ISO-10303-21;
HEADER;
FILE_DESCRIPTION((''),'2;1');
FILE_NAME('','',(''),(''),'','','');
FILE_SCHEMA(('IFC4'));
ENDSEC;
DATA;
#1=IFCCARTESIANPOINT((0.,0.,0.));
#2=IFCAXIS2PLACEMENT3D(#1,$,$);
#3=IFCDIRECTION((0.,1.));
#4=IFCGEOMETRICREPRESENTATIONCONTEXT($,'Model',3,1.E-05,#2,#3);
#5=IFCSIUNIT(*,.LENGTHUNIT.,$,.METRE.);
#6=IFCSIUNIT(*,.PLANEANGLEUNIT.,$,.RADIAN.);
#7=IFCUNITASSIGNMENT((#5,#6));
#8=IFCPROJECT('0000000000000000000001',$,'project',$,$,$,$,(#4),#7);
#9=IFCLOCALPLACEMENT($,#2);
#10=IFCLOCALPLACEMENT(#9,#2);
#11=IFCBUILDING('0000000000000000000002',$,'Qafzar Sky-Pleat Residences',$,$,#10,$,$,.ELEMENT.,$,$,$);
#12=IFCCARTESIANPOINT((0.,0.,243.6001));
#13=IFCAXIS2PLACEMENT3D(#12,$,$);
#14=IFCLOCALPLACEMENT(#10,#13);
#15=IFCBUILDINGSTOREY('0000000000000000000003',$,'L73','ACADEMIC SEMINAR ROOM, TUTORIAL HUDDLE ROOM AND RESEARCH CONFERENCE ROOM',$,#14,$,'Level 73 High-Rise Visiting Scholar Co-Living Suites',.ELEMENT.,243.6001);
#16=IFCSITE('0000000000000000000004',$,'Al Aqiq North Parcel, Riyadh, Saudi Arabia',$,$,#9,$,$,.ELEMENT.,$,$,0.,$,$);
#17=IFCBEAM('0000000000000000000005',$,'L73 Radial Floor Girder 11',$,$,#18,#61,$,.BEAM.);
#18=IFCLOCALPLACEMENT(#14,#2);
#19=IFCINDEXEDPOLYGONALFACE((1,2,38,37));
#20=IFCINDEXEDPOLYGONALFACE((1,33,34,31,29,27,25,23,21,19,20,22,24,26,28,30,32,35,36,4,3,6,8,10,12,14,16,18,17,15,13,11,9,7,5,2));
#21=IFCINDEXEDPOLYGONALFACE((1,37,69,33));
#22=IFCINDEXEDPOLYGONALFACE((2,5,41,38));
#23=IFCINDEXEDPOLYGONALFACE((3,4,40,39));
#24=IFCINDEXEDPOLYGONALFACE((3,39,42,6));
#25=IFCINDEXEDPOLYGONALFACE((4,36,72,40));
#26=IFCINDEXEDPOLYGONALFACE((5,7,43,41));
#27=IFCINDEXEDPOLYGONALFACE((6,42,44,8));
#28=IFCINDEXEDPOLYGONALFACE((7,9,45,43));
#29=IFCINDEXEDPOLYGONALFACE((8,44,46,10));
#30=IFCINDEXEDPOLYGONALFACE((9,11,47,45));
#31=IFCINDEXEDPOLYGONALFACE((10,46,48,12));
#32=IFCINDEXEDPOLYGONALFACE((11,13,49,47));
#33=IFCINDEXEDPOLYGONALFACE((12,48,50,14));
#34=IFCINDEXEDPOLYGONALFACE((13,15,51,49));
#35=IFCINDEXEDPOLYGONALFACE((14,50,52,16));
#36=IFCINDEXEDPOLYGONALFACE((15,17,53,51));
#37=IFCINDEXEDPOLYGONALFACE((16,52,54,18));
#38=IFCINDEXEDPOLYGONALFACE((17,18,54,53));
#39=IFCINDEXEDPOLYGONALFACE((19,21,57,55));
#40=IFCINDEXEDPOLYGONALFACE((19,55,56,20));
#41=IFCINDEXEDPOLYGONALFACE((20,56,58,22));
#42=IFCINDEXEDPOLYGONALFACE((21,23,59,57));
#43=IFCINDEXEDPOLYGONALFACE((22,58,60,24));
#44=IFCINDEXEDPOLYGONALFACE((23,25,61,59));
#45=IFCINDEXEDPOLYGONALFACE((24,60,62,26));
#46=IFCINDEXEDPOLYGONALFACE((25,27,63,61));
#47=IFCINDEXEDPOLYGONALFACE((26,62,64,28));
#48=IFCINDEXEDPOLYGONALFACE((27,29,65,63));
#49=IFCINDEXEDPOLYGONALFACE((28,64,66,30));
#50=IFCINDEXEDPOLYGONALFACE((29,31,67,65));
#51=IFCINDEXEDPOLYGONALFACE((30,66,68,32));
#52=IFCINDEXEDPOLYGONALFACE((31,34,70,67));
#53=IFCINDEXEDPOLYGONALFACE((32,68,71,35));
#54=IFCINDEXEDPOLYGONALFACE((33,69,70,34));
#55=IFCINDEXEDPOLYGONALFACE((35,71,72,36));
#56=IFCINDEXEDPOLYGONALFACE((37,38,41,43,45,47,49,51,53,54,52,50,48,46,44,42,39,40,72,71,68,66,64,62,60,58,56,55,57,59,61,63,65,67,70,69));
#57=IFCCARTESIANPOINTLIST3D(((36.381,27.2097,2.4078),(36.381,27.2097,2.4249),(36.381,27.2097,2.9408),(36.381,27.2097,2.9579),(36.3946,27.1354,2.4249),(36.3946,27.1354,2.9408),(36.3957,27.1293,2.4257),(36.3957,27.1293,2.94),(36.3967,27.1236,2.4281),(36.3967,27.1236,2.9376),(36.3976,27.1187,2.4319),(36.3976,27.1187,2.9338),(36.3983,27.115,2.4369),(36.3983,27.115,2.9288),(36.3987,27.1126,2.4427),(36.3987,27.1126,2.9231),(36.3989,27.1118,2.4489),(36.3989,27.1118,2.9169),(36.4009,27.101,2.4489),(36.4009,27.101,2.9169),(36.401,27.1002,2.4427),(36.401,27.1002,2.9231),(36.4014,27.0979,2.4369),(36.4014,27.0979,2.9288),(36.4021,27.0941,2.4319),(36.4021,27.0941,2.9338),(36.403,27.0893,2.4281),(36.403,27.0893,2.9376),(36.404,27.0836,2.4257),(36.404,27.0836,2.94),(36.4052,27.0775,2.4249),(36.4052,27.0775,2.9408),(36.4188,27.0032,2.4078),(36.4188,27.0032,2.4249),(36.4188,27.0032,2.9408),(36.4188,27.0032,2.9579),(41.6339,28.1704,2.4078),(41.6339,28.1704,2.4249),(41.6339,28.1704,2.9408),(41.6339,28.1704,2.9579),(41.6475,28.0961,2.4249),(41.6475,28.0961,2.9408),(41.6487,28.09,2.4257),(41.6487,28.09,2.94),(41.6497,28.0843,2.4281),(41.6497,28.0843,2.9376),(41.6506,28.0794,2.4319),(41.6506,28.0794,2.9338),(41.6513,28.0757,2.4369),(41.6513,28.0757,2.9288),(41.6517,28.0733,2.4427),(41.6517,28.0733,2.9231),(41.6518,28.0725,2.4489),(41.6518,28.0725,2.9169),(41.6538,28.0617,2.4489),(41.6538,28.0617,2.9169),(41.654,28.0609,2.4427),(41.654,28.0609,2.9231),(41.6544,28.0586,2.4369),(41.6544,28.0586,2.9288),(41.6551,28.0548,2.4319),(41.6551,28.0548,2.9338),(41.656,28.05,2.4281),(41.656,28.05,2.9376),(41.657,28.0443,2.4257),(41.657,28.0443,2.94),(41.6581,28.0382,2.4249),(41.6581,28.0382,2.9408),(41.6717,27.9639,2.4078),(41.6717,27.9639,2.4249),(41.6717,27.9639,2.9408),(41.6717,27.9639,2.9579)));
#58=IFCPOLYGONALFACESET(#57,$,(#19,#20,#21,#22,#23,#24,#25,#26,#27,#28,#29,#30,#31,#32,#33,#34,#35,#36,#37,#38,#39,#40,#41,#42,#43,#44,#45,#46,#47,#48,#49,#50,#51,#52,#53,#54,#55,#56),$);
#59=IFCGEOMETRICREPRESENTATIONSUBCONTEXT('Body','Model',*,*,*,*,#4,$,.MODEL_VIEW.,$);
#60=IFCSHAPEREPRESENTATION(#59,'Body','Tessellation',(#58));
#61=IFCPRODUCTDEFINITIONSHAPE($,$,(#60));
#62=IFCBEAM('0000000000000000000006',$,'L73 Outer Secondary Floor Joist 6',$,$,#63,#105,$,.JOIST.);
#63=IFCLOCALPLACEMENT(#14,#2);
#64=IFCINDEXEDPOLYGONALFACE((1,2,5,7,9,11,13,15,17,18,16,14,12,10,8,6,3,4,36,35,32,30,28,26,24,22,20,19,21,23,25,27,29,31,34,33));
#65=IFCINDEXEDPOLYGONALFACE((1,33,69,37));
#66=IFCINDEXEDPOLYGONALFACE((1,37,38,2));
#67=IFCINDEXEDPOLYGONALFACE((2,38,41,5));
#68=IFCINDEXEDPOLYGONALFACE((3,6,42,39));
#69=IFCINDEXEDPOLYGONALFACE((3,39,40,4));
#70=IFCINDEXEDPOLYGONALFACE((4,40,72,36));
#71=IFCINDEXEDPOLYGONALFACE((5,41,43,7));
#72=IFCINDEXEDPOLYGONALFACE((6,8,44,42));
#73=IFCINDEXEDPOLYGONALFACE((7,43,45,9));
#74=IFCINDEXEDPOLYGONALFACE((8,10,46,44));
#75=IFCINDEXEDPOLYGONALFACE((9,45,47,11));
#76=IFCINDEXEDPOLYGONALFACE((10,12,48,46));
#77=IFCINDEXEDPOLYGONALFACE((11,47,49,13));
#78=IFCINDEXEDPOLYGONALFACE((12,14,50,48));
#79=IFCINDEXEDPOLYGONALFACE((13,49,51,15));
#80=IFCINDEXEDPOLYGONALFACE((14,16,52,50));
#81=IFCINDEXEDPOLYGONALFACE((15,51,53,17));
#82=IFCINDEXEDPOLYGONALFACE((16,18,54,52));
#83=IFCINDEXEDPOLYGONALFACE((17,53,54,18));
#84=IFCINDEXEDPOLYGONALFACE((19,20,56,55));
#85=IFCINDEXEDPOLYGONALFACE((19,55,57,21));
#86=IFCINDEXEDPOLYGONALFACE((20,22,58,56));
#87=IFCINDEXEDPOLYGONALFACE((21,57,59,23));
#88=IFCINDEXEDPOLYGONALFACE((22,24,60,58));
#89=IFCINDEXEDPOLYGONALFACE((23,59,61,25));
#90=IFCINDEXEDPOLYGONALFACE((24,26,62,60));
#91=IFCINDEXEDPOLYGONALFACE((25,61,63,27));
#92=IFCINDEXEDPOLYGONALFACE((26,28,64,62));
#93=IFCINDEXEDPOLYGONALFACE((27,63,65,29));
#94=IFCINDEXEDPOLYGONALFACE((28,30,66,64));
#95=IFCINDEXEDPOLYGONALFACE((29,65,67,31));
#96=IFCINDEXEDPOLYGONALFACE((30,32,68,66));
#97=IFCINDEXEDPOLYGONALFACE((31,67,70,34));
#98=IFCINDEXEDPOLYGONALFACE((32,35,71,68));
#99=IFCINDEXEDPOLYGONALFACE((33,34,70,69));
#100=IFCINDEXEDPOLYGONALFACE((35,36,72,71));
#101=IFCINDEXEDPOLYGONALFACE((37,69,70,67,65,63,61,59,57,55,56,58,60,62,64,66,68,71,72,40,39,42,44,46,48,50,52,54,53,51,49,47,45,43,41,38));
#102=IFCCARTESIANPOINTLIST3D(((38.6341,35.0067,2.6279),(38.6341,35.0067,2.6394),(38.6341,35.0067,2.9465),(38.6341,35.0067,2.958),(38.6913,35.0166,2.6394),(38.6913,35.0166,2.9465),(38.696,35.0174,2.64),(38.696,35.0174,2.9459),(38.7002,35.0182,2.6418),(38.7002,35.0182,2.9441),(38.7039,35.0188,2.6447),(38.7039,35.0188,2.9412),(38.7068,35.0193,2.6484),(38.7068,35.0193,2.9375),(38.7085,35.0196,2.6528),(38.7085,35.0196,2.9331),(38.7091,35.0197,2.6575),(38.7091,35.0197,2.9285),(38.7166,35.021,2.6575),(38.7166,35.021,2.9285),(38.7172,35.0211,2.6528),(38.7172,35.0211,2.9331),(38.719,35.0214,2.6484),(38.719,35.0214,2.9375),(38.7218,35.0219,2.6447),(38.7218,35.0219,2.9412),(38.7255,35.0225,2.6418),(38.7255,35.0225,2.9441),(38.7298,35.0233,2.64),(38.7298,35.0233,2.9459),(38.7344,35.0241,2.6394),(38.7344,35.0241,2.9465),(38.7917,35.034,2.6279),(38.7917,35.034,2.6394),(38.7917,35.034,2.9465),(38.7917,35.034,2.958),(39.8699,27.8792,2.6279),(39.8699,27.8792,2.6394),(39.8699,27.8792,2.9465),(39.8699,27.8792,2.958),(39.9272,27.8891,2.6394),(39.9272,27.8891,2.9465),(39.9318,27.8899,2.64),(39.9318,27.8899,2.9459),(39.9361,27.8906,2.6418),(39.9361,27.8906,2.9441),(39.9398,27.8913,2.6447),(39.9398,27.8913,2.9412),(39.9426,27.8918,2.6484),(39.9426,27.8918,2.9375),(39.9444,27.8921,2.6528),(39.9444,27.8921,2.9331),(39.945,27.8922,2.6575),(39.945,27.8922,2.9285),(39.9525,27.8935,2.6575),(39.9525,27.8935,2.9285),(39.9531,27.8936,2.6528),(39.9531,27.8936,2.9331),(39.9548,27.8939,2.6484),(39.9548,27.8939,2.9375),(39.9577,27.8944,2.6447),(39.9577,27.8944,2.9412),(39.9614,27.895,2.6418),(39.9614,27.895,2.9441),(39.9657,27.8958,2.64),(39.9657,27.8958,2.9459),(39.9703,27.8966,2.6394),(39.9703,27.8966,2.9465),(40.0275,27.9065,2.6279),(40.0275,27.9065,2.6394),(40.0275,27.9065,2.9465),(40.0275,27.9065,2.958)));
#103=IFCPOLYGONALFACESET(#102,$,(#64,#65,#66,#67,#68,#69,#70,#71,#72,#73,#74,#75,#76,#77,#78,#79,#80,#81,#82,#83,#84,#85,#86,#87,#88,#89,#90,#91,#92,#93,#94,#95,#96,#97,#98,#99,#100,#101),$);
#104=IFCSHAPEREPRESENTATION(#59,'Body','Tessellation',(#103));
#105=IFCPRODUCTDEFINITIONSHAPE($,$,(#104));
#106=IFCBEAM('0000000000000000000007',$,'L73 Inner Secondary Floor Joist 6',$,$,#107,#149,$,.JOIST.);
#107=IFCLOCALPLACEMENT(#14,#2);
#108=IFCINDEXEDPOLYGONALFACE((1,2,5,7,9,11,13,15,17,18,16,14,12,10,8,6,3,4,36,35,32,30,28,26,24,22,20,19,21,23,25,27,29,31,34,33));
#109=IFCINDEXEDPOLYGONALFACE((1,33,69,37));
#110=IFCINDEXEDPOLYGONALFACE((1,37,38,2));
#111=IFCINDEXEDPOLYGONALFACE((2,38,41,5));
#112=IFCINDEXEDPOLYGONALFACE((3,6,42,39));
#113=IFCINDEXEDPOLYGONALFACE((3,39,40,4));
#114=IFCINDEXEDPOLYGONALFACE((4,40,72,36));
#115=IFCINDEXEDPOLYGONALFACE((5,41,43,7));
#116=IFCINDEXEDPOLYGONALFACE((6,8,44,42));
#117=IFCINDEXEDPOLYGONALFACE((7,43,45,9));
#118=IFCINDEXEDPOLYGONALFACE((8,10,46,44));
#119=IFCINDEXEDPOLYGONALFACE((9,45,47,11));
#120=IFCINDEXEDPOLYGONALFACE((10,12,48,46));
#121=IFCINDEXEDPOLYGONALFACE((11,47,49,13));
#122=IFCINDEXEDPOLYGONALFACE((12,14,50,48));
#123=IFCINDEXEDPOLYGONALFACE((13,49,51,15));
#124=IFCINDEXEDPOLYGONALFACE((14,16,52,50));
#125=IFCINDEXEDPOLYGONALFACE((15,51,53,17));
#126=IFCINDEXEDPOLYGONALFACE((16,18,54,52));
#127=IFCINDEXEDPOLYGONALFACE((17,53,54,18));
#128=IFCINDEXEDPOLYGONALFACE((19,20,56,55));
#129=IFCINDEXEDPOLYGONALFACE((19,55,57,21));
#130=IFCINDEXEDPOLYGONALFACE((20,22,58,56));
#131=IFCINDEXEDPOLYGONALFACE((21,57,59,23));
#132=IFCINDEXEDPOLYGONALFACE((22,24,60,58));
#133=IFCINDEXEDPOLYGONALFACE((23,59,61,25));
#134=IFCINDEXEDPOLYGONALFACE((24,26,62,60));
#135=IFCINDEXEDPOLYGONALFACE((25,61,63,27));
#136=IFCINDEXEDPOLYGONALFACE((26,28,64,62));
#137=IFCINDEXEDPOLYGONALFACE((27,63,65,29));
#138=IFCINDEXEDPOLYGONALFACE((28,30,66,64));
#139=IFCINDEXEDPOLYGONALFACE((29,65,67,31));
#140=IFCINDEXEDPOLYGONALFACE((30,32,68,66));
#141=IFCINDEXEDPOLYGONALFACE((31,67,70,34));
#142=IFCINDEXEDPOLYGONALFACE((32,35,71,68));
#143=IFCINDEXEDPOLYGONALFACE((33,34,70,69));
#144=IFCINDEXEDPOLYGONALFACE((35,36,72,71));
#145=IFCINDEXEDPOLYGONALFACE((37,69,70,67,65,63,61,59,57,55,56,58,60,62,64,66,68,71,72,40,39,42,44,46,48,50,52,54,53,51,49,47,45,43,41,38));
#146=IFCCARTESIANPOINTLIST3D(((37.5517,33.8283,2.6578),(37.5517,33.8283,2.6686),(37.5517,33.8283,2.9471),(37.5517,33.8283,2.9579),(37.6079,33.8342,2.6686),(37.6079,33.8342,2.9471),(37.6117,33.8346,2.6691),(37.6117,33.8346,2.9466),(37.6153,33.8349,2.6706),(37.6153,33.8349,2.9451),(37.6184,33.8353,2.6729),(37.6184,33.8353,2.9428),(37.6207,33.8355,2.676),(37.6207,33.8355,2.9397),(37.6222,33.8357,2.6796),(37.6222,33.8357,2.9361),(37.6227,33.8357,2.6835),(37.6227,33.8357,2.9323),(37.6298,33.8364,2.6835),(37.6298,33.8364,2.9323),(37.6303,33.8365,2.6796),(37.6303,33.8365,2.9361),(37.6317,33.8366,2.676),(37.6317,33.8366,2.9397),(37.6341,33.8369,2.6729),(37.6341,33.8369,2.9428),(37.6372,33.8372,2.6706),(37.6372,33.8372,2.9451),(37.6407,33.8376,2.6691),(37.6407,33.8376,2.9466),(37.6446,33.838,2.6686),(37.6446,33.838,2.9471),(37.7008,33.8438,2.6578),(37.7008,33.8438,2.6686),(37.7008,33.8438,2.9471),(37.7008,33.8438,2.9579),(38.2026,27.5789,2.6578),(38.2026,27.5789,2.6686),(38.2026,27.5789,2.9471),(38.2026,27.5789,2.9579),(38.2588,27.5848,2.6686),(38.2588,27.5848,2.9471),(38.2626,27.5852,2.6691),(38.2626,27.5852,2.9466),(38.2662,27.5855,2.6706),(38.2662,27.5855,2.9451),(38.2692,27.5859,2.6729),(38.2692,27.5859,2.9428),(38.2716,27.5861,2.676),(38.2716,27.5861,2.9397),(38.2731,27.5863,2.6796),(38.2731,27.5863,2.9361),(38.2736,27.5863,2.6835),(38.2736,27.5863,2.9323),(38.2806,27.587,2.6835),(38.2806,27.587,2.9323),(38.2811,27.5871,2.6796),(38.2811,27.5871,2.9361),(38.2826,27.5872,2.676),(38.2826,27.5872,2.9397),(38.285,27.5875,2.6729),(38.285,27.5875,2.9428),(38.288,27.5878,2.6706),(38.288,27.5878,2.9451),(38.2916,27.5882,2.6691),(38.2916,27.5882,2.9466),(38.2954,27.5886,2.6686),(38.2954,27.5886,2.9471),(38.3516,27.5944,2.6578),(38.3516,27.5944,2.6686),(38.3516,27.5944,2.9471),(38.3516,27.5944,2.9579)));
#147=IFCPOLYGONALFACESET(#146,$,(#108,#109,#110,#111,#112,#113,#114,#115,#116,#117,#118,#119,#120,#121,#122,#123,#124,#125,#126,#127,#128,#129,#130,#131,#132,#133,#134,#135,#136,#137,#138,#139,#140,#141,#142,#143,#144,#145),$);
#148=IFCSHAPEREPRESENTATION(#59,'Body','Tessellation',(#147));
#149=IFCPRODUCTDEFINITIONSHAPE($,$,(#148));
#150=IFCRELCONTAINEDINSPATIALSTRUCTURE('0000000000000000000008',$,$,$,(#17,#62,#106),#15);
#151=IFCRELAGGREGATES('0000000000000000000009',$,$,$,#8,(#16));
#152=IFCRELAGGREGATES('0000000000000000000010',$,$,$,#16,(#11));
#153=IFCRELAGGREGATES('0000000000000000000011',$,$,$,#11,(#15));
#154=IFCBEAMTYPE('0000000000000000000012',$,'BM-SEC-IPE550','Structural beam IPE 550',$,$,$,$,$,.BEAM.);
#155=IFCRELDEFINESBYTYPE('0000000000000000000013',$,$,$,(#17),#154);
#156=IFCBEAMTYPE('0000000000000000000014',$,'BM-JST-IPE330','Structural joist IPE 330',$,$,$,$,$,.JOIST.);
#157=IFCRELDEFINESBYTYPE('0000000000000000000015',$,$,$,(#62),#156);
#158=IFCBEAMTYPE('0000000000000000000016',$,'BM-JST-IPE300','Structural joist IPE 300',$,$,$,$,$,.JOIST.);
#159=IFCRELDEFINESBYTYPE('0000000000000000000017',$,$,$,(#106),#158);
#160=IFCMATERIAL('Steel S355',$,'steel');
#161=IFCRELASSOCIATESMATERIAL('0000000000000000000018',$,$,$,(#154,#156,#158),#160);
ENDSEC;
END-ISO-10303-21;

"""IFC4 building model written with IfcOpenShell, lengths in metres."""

from ifc_helpers import new_model, si_unit, direction, frame, origin, origin_2d, place, context, subcontext, project, spatial, i_section, extrude, source, transform, mapped, material, material_profile, profile_set, type_object, element, save


model = new_model("IFC4")

# Units and contexts
model_context = context("Model", 3, precision=1e-05, world=origin(), true_north=direction((0.0, 1.0)))
body_context = subcontext(model_context, "Body", "Model", "MODEL_VIEW")
ifc_project = project(units=[si_unit("LENGTHUNIT", "METRE"), si_unit("PLANEANGLEUNIT", "RADIAN")], contexts=[model_context])

# Site, building, storey
site_placement = place(None, origin())
site = spatial("IfcSite", under=ifc_project, at=site_placement, Name="Al Aqiq North Parcel, Riyadh, Saudi Arabia", CompositionType="ELEMENT", RefElevation=0.0)
building_placement = place(site_placement, origin())
building = spatial("IfcBuilding", under=site, at=building_placement, Name="Qafzar Sky-Pleat Residences", CompositionType="ELEMENT")
storey_placement = place(building_placement, frame((0.0, 0.0, 243.6001)))
storey = spatial("IfcBuildingStorey", under=building, at=storey_placement, Name="L73", Description="ACADEMIC SEMINAR ROOM, TUTORIAL HUDDLE ROOM AND RESEARCH CONFERENCE ROOM", LongName="Level 73 High-Rise Visiting Scholar Co-Living Suites", CompositionType="ELEMENT", Elevation=243.6001)

# Shared definitions
ifc_material_1 = material(Name="Steel S355", Category="steel")

# Beams
ifc_material_profile_1 = material_profile(ifc_material_1, i_section(OverallWidth=0.21, OverallDepth=0.55, WebThickness=0.011, FlangeThickness=0.0171, FilletRadius=0.0239, at=origin_2d()), Name="IPE 550")
ifc_profile_set_1 = profile_set([ifc_material_profile_1], Name="Steel S355")
beam_type_1 = type_object("IfcBeamType", Name="BM-SEC-IPE550", Description="Structural beam IPE 550", PredefinedType="BEAM", material=ifc_profile_set_1)
shared_shape_1 = source(origin(), body_context, "Body", "SweptSolid", [
    extrude(i_section(OverallWidth=0.21, OverallDepth=0.55, WebThickness=0.011, FlangeThickness=0.0171, FilletRadius=0.0239, at=origin_2d()), origin(), (0.0, 0.0, 1.0), 5.3401),
])
beam_1_placement = place(storey_placement, frame((41.6528, 28.0671, 2.6829), z_axis=(-0.983684, -0.179903, 0.0), x_axis=(0.179903, -0.983684, 0.0)))
element("IfcBeam", 1, at=beam_1_placement, inside=storey, type_object=beam_type_1, Name="L73 Radial Floor Girder 11", PredefinedType="BEAM", context=body_context, shape_type="MappedRepresentation", body=[
    mapped(shared_shape_1, transform((0.0, 0.0, 0.0), x_axis=(1.0, 0.0, 0.0), y_axis=(0.0, 1.0, 0.0), z_axis=(0.0, 0.0, 1.0), scale=1.0)),
])
ifc_material_profile_2 = material_profile(ifc_material_1, i_section(OverallWidth=0.1599, OverallDepth=0.3301, WebThickness=0.0076, FlangeThickness=0.0115, FilletRadius=0.0181, at=origin_2d()), Name="IPE 330")
ifc_profile_set_2 = profile_set([ifc_material_profile_2], Name="Steel S355")
beam_type_2 = type_object("IfcBeamType", Name="BM-JST-IPE330", Description="Structural joist IPE 330", PredefinedType="JOIST", material=ifc_profile_set_2)
shared_shape_2 = source(origin(), body_context, "Body", "SweptSolid", [
    extrude(i_section(OverallWidth=0.1599, OverallDepth=0.3301, WebThickness=0.0076, FlangeThickness=0.0115, FilletRadius=0.0181, at=origin_2d()), origin(), (0.0, 0.0, 1.0), 7.2339),
])
beam_2_placement = place(storey_placement, frame((39.9487, 27.8928, 2.793), z_axis=(-0.170843, 0.985298, 0.0), x_axis=(-0.985298, -0.170843, 0.0)))
element("IfcBeam", 2, at=beam_2_placement, inside=storey, type_object=beam_type_2, Name="L73 Outer Secondary Floor Joist 6", PredefinedType="JOIST", context=body_context, shape_type="MappedRepresentation", body=[
    mapped(shared_shape_2, transform((0.0, 0.0, 0.0), x_axis=(1.0, 0.0, 0.0), y_axis=(0.0, 1.0, 0.0), z_axis=(0.0, 0.0, 1.0), scale=1.0)),
])
ifc_material_profile_3 = material_profile(ifc_material_1, i_section(OverallWidth=0.1499, OverallDepth=0.3, WebThickness=0.0071, FlangeThickness=0.0107, FilletRadius=0.0149, at=origin_2d()), Name="IPE 300")
ifc_profile_set_3 = profile_set([ifc_material_profile_3], Name="Steel S355")
beam_type_3 = type_object("IfcBeamType", Name="BM-JST-IPE300", Description="Structural joist IPE 300", PredefinedType="JOIST", material=ifc_profile_set_3)
shared_shape_3 = source(origin(), body_context, "Body", "SweptSolid", [
    extrude(i_section(OverallWidth=0.1499, OverallDepth=0.3, WebThickness=0.0071, FlangeThickness=0.0107, FilletRadius=0.0149, at=origin_2d()), origin(), (0.0, 0.0, 1.0), 6.2832),
])
beam_3_placement = place(storey_placement, frame((38.2771, 27.5867, 2.8079), z_axis=(-0.103588, 0.99462, 0.0), x_axis=(-0.99462, -0.103588, 0.0)))
element("IfcBeam", 3, at=beam_3_placement, inside=storey, type_object=beam_type_3, Name="L73 Inner Secondary Floor Joist 6", PredefinedType="JOIST", context=body_context, shape_type="MappedRepresentation", body=[
    mapped(shared_shape_3, transform((0.0, 0.0, 0.0), x_axis=(1.0, 0.0, 0.0), y_axis=(0.0, 1.0, 0.0), z_axis=(0.0, 0.0, 1.0), scale=1.0)),
])

save(model, "model.ifc")
